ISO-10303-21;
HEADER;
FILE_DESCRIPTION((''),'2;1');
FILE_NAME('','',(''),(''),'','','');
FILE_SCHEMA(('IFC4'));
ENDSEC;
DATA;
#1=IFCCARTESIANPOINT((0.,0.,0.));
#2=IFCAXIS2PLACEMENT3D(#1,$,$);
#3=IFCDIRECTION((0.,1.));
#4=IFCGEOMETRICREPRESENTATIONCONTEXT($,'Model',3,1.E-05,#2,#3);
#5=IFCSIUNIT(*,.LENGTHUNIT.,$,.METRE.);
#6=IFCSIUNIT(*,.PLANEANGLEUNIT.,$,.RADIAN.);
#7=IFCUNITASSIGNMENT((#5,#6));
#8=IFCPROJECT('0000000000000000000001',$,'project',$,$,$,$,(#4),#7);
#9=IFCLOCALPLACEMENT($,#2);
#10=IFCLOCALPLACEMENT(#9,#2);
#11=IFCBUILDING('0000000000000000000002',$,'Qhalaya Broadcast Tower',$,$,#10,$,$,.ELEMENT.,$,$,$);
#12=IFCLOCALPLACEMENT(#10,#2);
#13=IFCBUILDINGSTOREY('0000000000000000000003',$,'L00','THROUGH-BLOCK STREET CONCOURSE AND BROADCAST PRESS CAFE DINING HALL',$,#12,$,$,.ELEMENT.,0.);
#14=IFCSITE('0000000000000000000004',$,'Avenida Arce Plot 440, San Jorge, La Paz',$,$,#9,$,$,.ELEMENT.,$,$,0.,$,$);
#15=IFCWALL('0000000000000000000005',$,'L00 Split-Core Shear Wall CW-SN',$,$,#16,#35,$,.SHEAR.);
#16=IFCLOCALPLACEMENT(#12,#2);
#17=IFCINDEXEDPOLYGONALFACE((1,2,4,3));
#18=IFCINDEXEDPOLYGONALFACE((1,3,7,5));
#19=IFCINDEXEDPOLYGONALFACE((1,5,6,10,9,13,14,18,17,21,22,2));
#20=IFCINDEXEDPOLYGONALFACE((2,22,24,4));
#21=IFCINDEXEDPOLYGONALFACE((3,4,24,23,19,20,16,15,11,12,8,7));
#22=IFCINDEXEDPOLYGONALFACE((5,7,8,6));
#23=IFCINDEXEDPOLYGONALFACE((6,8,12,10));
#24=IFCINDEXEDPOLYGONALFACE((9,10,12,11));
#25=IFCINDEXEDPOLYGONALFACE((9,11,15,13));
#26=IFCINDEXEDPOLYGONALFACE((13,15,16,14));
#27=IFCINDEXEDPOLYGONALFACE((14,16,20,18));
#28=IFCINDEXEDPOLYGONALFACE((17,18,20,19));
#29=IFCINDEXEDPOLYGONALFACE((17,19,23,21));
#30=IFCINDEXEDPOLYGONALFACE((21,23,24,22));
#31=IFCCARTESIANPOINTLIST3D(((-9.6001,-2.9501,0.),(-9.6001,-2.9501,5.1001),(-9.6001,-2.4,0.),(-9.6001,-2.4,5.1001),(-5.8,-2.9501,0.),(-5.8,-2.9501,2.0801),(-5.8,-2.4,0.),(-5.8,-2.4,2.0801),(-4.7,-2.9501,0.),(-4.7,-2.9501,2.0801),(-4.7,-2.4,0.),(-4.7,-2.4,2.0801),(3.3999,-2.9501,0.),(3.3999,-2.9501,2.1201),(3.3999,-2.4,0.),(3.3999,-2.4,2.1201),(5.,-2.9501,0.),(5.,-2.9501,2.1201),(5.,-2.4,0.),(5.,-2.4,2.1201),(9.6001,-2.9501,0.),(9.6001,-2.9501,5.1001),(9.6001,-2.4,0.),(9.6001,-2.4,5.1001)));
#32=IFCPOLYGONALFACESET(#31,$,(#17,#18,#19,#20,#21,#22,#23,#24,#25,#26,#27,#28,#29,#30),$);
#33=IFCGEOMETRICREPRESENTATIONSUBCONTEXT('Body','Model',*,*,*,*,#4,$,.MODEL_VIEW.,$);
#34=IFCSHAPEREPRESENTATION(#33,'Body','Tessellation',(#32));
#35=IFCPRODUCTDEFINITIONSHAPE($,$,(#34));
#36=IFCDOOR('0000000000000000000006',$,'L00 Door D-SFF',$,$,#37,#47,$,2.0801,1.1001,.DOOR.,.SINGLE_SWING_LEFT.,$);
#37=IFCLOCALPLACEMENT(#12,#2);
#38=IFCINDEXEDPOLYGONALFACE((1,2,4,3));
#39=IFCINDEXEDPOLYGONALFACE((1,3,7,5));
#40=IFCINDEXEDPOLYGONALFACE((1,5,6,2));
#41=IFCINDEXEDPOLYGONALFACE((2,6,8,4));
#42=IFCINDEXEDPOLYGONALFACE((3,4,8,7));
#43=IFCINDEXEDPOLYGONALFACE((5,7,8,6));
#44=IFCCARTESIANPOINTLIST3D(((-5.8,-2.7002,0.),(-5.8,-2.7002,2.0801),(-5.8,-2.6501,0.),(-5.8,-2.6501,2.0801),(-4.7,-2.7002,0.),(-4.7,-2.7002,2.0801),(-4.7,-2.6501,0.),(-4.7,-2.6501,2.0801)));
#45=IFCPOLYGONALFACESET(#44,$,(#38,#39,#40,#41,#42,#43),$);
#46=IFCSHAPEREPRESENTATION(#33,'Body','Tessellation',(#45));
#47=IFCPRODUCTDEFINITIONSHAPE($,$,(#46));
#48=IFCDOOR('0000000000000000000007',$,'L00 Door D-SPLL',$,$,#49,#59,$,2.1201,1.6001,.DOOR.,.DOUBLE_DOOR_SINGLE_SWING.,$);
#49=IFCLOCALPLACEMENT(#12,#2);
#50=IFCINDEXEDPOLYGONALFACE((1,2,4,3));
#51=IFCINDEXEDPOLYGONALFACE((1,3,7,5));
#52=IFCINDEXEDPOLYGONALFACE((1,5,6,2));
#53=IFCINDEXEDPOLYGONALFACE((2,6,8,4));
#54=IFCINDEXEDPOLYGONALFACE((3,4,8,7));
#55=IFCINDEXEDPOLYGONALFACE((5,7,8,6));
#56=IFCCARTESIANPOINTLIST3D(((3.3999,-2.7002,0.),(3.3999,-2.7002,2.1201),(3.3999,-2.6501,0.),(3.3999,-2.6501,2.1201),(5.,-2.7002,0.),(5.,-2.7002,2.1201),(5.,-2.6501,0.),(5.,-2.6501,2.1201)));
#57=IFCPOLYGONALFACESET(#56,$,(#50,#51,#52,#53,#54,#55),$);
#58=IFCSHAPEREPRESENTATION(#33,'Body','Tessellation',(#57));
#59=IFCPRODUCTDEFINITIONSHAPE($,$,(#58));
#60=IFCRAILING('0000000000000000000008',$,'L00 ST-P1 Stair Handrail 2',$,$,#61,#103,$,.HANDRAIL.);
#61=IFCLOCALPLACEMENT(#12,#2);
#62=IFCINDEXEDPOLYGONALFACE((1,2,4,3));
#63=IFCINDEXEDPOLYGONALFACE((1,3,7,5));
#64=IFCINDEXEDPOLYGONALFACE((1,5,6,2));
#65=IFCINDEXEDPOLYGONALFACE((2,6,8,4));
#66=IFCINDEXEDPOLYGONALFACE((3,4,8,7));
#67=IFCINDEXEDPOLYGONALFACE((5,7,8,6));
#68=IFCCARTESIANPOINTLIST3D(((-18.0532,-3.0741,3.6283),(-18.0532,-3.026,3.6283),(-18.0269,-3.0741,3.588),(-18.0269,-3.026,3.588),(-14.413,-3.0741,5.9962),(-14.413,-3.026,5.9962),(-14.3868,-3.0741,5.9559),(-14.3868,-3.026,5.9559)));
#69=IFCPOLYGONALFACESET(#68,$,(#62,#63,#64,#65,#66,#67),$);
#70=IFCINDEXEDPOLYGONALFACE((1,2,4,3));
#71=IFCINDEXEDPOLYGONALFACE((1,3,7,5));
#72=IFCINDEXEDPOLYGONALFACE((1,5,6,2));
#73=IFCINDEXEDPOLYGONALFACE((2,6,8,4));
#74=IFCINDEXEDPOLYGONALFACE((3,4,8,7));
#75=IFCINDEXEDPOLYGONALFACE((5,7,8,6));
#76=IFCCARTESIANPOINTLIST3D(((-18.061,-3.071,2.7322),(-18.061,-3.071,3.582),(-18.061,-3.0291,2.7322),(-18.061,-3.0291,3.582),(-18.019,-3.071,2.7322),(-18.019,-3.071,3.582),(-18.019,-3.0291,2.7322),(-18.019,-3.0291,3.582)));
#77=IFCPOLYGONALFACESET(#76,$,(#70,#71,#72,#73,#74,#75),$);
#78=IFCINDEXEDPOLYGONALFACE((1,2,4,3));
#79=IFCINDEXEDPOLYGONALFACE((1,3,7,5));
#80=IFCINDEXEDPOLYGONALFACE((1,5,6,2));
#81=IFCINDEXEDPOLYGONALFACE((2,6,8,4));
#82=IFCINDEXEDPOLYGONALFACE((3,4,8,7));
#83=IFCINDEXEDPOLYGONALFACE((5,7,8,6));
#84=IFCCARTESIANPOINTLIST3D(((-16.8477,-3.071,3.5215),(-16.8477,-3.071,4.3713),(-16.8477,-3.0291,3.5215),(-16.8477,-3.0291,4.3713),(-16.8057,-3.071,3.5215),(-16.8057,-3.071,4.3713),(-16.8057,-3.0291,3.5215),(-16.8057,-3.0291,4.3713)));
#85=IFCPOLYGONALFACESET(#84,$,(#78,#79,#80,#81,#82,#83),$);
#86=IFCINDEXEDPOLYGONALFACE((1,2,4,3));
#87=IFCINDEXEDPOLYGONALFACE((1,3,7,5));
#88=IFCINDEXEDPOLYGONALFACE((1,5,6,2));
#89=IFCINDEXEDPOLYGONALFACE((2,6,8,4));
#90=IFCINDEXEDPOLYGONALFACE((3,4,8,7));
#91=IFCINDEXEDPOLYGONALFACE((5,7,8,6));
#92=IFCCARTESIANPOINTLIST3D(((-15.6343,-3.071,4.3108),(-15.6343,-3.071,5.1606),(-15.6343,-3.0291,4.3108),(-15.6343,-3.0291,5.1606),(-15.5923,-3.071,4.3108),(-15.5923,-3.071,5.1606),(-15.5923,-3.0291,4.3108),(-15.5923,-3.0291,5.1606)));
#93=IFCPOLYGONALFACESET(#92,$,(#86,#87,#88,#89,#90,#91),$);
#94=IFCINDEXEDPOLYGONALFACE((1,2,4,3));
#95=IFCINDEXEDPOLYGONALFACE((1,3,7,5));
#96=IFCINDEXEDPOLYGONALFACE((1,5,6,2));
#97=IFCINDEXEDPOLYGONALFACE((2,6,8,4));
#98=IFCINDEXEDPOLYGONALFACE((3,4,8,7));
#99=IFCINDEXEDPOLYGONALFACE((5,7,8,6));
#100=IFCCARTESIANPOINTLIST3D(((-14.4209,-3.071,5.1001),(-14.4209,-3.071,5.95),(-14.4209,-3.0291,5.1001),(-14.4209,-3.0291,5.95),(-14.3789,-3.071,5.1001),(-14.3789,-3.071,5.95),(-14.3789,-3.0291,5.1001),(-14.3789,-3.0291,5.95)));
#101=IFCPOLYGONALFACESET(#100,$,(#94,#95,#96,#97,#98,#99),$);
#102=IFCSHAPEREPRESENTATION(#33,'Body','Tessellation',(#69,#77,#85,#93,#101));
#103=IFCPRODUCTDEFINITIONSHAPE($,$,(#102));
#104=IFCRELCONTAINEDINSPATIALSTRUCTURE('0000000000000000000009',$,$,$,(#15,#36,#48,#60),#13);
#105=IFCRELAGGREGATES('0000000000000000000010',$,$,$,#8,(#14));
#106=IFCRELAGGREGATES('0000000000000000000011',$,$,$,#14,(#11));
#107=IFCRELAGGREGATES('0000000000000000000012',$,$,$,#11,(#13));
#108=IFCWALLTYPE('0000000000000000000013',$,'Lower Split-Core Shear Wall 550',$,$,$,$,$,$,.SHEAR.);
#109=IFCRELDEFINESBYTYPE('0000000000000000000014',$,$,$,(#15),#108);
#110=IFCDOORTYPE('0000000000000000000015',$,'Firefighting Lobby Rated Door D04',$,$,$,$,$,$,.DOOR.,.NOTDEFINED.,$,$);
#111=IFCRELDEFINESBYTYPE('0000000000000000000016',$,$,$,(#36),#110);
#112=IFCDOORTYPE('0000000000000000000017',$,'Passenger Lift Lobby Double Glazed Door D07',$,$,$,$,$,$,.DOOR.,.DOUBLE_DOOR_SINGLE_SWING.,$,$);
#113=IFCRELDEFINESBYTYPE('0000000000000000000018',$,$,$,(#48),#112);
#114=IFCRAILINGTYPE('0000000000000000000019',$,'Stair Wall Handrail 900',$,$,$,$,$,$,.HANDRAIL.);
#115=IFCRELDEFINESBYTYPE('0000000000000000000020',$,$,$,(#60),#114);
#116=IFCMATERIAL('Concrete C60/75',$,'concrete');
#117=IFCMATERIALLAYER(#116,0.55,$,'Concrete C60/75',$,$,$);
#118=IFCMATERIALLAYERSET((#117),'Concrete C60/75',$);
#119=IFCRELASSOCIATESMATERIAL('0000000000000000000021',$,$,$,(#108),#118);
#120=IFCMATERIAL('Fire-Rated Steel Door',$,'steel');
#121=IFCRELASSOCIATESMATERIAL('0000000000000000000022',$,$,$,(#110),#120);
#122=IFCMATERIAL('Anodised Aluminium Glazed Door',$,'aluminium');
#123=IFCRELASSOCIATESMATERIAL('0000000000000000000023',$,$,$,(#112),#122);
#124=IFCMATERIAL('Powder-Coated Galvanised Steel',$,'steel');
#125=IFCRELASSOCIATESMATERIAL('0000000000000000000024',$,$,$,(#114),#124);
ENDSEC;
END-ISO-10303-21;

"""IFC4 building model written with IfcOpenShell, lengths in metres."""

from ifc_helpers import new_model, si_unit, direction, frame, frame_2d, origin, origin_2d, place, context, subcontext, project, spatial, rectangle, extrude, material, layer, layer_set, type_object, element, fill, save


model = new_model("IFC4")

# Units and contexts
model_context = context("Model", 3, precision=1e-05, world=origin(), true_north=direction((0.0, 1.0)))
body_context = subcontext(model_context, "Body", "Model", "MODEL_VIEW")
ifc_project = project(units=[si_unit("LENGTHUNIT", "METRE"), si_unit("PLANEANGLEUNIT", "RADIAN")], contexts=[model_context])

# Site, building, storey
site_placement = place(None, origin())
site = spatial("IfcSite", under=ifc_project, at=site_placement, Name="Avenida Arce Plot 440, San Jorge, La Paz", CompositionType="ELEMENT", RefElevation=0.0)
building_placement = place(site_placement, origin())
building = spatial("IfcBuilding", under=site, at=building_placement, Name="Qhalaya Broadcast Tower", CompositionType="ELEMENT")
storey_placement = place(building_placement, origin())
storey = spatial("IfcBuildingStorey", under=building, at=storey_placement, Name="L00", Description="THROUGH-BLOCK STREET CONCOURSE AND BROADCAST PRESS CAFE DINING HALL", CompositionType="ELEMENT", Elevation=0.0)

# Shared definitions
ifc_material_1 = material(Name="Concrete C60/75", Category="concrete")

# Shared definitions
ifc_material_2 = material(Name="Anodised Aluminium Glazed Door", Category="aluminium")
ifc_material_3 = material(Name="Fire-Rated Steel Door", Category="steel")

# Shared definitions
ifc_layer_1 = layer(ifc_material_1, 0.55, Name="Concrete C60/75")
ifc_layer_set_1 = layer_set([ifc_layer_1], Name="Concrete C60/75")
wall_type_1 = type_object("IfcWallType", Name="Lower Split-Core Shear Wall 550", PredefinedType="SHEAR", material=ifc_layer_set_1)

# Wall, openings, doors
wall_1_placement = place(storey_placement, frame((-9.6001, -2.675, 0.0), z_axis=(0.0, 0.0, 1.0), x_axis=(1.0, 0.0, 0.0)))
wall_1 = element("IfcWall", 1, at=wall_1_placement, inside=storey, type_object=wall_type_1, Name="L00 Split-Core Shear Wall CW-SN", PredefinedType="SHEAR", context=body_context, shape_type="SweptSolid", body=[
    extrude(rectangle(XDim=19.2002, YDim=0.55, at=frame_2d((9.6001, 0.0))), origin(), (0.0, 0.0, 1.0), 5.1001),
])
opening_1_placement = place(wall_1_placement, frame((3.8, 0.0, 0.0)))
opening_1 = element("IfcOpeningElement", 2, at=opening_1_placement, cuts=wall_1, PredefinedType="OPENING", context=body_context, shape_type="SweptSolid", body=[
    extrude(rectangle(XDim=1.1001, YDim=2.0801, at=frame_2d((0.55, 1.04))), frame((0.0, 0.2871, 0.0), z_axis=(0.0, -1.0, 0.0), x_axis=(1.0, 0.0, 0.0)), (0.0, 0.0, 1.0), 0.574),
])
opening_2_placement = place(wall_1_placement, frame((13.0, 0.0, 0.0)))
opening_2 = element("IfcOpeningElement", 3, at=opening_2_placement, cuts=wall_1, PredefinedType="OPENING", context=body_context, shape_type="SweptSolid", body=[
    extrude(rectangle(XDim=1.6001, YDim=2.1201, at=frame_2d((0.8, 1.0601))), frame((0.0, 0.2871, 0.0), z_axis=(0.0, -1.0, 0.0), x_axis=(1.0, 0.0, 0.0)), (0.0, 0.0, 1.0), 0.574),
])
door_type_1 = type_object("IfcDoorType", Name="Firefighting Lobby Rated Door D04", OperationType="NOTDEFINED", PredefinedType="DOOR", material=ifc_material_3)
door_1_placement = place(opening_1_placement, origin())
door_1 = element("IfcDoor", 4, at=door_1_placement, inside=storey, type_object=door_type_1, Name="L00 Door D-SFF", OperationType="SINGLE_SWING_LEFT", OverallHeight=2.0801, OverallWidth=1.1001, PredefinedType="DOOR", context=body_context, shape_type="SweptSolid", body=[
    extrude(rectangle(XDim=1.1001, YDim=2.0801, at=frame_2d((0.55, 1.04))), frame((0.0, 0.0249, 0.0), z_axis=(0.0, -1.0, 0.0), x_axis=(1.0, 0.0, 0.0)), (0.0, 0.0, 1.0), 0.05),
])
fill(opening_1, door_1)
door_type_2 = type_object("IfcDoorType", Name="Passenger Lift Lobby Double Glazed Door D07", OperationType="DOUBLE_DOOR_SINGLE_SWING", PredefinedType="DOOR", material=ifc_material_2)
door_2_placement = place(opening_2_placement, origin())
door_2 = element("IfcDoor", 5, at=door_2_placement, inside=storey, type_object=door_type_2, Name="L00 Door D-SPLL", OperationType="DOUBLE_DOOR_SINGLE_SWING", OverallHeight=2.1201, OverallWidth=1.6001, PredefinedType="DOOR", context=body_context, shape_type="SweptSolid", body=[
    extrude(rectangle(XDim=1.6001, YDim=2.1201, at=frame_2d((0.8, 1.0601))), frame((0.0, 0.0249, 0.0), z_axis=(0.0, -1.0, 0.0), x_axis=(1.0, 0.0, 0.0)), (0.0, 0.0, 1.0), 0.05),
])
fill(opening_2, door_2)

# Railing
ifc_material_4 = material(Name="Powder-Coated Galvanised Steel", Category="steel")
railing_type = type_object("IfcRailingType", Name="Stair Wall Handrail 900", PredefinedType="HANDRAIL", material=ifc_material_4)
railing_placement = place(storey_placement, frame((-18.04, -3.05, 2.7322)))
element("IfcRailing", 6, at=railing_placement, inside=storey, type_object=railing_type, Name="L00 ST-P1 Stair Handrail 2", PredefinedType="HANDRAIL", context=body_context, shape_type="SweptSolid", body=[
    extrude(rectangle(XDim=0.0481, YDim=0.0481, at=origin_2d()), frame((0.0, 0.0, 0.876), z_axis=(0.838251, 0.0, 0.545285), x_axis=(0.0, 1.0, 0.0)), (0.0, 0.0, 1.0), 4.3425),
    extrude(rectangle(XDim=0.042, YDim=0.042, at=origin_2d()), origin(), (0.0, 0.0, 1.0), 0.8499),
    extrude(rectangle(XDim=0.042, YDim=0.042, at=origin_2d()), frame((1.2134, 0.0, 0.7893)), (0.0, 0.0, 1.0), 0.8499),
    extrude(rectangle(XDim=0.042, YDim=0.042, at=origin_2d()), frame((2.4268, 0.0, 1.5786)), (0.0, 0.0, 1.0), 0.8499),
    extrude(rectangle(XDim=0.042, YDim=0.042, at=origin_2d()), frame((3.6401, 0.0, 2.3679)), (0.0, 0.0, 1.0), 0.8499),
])

save(model, "model.ifc")
